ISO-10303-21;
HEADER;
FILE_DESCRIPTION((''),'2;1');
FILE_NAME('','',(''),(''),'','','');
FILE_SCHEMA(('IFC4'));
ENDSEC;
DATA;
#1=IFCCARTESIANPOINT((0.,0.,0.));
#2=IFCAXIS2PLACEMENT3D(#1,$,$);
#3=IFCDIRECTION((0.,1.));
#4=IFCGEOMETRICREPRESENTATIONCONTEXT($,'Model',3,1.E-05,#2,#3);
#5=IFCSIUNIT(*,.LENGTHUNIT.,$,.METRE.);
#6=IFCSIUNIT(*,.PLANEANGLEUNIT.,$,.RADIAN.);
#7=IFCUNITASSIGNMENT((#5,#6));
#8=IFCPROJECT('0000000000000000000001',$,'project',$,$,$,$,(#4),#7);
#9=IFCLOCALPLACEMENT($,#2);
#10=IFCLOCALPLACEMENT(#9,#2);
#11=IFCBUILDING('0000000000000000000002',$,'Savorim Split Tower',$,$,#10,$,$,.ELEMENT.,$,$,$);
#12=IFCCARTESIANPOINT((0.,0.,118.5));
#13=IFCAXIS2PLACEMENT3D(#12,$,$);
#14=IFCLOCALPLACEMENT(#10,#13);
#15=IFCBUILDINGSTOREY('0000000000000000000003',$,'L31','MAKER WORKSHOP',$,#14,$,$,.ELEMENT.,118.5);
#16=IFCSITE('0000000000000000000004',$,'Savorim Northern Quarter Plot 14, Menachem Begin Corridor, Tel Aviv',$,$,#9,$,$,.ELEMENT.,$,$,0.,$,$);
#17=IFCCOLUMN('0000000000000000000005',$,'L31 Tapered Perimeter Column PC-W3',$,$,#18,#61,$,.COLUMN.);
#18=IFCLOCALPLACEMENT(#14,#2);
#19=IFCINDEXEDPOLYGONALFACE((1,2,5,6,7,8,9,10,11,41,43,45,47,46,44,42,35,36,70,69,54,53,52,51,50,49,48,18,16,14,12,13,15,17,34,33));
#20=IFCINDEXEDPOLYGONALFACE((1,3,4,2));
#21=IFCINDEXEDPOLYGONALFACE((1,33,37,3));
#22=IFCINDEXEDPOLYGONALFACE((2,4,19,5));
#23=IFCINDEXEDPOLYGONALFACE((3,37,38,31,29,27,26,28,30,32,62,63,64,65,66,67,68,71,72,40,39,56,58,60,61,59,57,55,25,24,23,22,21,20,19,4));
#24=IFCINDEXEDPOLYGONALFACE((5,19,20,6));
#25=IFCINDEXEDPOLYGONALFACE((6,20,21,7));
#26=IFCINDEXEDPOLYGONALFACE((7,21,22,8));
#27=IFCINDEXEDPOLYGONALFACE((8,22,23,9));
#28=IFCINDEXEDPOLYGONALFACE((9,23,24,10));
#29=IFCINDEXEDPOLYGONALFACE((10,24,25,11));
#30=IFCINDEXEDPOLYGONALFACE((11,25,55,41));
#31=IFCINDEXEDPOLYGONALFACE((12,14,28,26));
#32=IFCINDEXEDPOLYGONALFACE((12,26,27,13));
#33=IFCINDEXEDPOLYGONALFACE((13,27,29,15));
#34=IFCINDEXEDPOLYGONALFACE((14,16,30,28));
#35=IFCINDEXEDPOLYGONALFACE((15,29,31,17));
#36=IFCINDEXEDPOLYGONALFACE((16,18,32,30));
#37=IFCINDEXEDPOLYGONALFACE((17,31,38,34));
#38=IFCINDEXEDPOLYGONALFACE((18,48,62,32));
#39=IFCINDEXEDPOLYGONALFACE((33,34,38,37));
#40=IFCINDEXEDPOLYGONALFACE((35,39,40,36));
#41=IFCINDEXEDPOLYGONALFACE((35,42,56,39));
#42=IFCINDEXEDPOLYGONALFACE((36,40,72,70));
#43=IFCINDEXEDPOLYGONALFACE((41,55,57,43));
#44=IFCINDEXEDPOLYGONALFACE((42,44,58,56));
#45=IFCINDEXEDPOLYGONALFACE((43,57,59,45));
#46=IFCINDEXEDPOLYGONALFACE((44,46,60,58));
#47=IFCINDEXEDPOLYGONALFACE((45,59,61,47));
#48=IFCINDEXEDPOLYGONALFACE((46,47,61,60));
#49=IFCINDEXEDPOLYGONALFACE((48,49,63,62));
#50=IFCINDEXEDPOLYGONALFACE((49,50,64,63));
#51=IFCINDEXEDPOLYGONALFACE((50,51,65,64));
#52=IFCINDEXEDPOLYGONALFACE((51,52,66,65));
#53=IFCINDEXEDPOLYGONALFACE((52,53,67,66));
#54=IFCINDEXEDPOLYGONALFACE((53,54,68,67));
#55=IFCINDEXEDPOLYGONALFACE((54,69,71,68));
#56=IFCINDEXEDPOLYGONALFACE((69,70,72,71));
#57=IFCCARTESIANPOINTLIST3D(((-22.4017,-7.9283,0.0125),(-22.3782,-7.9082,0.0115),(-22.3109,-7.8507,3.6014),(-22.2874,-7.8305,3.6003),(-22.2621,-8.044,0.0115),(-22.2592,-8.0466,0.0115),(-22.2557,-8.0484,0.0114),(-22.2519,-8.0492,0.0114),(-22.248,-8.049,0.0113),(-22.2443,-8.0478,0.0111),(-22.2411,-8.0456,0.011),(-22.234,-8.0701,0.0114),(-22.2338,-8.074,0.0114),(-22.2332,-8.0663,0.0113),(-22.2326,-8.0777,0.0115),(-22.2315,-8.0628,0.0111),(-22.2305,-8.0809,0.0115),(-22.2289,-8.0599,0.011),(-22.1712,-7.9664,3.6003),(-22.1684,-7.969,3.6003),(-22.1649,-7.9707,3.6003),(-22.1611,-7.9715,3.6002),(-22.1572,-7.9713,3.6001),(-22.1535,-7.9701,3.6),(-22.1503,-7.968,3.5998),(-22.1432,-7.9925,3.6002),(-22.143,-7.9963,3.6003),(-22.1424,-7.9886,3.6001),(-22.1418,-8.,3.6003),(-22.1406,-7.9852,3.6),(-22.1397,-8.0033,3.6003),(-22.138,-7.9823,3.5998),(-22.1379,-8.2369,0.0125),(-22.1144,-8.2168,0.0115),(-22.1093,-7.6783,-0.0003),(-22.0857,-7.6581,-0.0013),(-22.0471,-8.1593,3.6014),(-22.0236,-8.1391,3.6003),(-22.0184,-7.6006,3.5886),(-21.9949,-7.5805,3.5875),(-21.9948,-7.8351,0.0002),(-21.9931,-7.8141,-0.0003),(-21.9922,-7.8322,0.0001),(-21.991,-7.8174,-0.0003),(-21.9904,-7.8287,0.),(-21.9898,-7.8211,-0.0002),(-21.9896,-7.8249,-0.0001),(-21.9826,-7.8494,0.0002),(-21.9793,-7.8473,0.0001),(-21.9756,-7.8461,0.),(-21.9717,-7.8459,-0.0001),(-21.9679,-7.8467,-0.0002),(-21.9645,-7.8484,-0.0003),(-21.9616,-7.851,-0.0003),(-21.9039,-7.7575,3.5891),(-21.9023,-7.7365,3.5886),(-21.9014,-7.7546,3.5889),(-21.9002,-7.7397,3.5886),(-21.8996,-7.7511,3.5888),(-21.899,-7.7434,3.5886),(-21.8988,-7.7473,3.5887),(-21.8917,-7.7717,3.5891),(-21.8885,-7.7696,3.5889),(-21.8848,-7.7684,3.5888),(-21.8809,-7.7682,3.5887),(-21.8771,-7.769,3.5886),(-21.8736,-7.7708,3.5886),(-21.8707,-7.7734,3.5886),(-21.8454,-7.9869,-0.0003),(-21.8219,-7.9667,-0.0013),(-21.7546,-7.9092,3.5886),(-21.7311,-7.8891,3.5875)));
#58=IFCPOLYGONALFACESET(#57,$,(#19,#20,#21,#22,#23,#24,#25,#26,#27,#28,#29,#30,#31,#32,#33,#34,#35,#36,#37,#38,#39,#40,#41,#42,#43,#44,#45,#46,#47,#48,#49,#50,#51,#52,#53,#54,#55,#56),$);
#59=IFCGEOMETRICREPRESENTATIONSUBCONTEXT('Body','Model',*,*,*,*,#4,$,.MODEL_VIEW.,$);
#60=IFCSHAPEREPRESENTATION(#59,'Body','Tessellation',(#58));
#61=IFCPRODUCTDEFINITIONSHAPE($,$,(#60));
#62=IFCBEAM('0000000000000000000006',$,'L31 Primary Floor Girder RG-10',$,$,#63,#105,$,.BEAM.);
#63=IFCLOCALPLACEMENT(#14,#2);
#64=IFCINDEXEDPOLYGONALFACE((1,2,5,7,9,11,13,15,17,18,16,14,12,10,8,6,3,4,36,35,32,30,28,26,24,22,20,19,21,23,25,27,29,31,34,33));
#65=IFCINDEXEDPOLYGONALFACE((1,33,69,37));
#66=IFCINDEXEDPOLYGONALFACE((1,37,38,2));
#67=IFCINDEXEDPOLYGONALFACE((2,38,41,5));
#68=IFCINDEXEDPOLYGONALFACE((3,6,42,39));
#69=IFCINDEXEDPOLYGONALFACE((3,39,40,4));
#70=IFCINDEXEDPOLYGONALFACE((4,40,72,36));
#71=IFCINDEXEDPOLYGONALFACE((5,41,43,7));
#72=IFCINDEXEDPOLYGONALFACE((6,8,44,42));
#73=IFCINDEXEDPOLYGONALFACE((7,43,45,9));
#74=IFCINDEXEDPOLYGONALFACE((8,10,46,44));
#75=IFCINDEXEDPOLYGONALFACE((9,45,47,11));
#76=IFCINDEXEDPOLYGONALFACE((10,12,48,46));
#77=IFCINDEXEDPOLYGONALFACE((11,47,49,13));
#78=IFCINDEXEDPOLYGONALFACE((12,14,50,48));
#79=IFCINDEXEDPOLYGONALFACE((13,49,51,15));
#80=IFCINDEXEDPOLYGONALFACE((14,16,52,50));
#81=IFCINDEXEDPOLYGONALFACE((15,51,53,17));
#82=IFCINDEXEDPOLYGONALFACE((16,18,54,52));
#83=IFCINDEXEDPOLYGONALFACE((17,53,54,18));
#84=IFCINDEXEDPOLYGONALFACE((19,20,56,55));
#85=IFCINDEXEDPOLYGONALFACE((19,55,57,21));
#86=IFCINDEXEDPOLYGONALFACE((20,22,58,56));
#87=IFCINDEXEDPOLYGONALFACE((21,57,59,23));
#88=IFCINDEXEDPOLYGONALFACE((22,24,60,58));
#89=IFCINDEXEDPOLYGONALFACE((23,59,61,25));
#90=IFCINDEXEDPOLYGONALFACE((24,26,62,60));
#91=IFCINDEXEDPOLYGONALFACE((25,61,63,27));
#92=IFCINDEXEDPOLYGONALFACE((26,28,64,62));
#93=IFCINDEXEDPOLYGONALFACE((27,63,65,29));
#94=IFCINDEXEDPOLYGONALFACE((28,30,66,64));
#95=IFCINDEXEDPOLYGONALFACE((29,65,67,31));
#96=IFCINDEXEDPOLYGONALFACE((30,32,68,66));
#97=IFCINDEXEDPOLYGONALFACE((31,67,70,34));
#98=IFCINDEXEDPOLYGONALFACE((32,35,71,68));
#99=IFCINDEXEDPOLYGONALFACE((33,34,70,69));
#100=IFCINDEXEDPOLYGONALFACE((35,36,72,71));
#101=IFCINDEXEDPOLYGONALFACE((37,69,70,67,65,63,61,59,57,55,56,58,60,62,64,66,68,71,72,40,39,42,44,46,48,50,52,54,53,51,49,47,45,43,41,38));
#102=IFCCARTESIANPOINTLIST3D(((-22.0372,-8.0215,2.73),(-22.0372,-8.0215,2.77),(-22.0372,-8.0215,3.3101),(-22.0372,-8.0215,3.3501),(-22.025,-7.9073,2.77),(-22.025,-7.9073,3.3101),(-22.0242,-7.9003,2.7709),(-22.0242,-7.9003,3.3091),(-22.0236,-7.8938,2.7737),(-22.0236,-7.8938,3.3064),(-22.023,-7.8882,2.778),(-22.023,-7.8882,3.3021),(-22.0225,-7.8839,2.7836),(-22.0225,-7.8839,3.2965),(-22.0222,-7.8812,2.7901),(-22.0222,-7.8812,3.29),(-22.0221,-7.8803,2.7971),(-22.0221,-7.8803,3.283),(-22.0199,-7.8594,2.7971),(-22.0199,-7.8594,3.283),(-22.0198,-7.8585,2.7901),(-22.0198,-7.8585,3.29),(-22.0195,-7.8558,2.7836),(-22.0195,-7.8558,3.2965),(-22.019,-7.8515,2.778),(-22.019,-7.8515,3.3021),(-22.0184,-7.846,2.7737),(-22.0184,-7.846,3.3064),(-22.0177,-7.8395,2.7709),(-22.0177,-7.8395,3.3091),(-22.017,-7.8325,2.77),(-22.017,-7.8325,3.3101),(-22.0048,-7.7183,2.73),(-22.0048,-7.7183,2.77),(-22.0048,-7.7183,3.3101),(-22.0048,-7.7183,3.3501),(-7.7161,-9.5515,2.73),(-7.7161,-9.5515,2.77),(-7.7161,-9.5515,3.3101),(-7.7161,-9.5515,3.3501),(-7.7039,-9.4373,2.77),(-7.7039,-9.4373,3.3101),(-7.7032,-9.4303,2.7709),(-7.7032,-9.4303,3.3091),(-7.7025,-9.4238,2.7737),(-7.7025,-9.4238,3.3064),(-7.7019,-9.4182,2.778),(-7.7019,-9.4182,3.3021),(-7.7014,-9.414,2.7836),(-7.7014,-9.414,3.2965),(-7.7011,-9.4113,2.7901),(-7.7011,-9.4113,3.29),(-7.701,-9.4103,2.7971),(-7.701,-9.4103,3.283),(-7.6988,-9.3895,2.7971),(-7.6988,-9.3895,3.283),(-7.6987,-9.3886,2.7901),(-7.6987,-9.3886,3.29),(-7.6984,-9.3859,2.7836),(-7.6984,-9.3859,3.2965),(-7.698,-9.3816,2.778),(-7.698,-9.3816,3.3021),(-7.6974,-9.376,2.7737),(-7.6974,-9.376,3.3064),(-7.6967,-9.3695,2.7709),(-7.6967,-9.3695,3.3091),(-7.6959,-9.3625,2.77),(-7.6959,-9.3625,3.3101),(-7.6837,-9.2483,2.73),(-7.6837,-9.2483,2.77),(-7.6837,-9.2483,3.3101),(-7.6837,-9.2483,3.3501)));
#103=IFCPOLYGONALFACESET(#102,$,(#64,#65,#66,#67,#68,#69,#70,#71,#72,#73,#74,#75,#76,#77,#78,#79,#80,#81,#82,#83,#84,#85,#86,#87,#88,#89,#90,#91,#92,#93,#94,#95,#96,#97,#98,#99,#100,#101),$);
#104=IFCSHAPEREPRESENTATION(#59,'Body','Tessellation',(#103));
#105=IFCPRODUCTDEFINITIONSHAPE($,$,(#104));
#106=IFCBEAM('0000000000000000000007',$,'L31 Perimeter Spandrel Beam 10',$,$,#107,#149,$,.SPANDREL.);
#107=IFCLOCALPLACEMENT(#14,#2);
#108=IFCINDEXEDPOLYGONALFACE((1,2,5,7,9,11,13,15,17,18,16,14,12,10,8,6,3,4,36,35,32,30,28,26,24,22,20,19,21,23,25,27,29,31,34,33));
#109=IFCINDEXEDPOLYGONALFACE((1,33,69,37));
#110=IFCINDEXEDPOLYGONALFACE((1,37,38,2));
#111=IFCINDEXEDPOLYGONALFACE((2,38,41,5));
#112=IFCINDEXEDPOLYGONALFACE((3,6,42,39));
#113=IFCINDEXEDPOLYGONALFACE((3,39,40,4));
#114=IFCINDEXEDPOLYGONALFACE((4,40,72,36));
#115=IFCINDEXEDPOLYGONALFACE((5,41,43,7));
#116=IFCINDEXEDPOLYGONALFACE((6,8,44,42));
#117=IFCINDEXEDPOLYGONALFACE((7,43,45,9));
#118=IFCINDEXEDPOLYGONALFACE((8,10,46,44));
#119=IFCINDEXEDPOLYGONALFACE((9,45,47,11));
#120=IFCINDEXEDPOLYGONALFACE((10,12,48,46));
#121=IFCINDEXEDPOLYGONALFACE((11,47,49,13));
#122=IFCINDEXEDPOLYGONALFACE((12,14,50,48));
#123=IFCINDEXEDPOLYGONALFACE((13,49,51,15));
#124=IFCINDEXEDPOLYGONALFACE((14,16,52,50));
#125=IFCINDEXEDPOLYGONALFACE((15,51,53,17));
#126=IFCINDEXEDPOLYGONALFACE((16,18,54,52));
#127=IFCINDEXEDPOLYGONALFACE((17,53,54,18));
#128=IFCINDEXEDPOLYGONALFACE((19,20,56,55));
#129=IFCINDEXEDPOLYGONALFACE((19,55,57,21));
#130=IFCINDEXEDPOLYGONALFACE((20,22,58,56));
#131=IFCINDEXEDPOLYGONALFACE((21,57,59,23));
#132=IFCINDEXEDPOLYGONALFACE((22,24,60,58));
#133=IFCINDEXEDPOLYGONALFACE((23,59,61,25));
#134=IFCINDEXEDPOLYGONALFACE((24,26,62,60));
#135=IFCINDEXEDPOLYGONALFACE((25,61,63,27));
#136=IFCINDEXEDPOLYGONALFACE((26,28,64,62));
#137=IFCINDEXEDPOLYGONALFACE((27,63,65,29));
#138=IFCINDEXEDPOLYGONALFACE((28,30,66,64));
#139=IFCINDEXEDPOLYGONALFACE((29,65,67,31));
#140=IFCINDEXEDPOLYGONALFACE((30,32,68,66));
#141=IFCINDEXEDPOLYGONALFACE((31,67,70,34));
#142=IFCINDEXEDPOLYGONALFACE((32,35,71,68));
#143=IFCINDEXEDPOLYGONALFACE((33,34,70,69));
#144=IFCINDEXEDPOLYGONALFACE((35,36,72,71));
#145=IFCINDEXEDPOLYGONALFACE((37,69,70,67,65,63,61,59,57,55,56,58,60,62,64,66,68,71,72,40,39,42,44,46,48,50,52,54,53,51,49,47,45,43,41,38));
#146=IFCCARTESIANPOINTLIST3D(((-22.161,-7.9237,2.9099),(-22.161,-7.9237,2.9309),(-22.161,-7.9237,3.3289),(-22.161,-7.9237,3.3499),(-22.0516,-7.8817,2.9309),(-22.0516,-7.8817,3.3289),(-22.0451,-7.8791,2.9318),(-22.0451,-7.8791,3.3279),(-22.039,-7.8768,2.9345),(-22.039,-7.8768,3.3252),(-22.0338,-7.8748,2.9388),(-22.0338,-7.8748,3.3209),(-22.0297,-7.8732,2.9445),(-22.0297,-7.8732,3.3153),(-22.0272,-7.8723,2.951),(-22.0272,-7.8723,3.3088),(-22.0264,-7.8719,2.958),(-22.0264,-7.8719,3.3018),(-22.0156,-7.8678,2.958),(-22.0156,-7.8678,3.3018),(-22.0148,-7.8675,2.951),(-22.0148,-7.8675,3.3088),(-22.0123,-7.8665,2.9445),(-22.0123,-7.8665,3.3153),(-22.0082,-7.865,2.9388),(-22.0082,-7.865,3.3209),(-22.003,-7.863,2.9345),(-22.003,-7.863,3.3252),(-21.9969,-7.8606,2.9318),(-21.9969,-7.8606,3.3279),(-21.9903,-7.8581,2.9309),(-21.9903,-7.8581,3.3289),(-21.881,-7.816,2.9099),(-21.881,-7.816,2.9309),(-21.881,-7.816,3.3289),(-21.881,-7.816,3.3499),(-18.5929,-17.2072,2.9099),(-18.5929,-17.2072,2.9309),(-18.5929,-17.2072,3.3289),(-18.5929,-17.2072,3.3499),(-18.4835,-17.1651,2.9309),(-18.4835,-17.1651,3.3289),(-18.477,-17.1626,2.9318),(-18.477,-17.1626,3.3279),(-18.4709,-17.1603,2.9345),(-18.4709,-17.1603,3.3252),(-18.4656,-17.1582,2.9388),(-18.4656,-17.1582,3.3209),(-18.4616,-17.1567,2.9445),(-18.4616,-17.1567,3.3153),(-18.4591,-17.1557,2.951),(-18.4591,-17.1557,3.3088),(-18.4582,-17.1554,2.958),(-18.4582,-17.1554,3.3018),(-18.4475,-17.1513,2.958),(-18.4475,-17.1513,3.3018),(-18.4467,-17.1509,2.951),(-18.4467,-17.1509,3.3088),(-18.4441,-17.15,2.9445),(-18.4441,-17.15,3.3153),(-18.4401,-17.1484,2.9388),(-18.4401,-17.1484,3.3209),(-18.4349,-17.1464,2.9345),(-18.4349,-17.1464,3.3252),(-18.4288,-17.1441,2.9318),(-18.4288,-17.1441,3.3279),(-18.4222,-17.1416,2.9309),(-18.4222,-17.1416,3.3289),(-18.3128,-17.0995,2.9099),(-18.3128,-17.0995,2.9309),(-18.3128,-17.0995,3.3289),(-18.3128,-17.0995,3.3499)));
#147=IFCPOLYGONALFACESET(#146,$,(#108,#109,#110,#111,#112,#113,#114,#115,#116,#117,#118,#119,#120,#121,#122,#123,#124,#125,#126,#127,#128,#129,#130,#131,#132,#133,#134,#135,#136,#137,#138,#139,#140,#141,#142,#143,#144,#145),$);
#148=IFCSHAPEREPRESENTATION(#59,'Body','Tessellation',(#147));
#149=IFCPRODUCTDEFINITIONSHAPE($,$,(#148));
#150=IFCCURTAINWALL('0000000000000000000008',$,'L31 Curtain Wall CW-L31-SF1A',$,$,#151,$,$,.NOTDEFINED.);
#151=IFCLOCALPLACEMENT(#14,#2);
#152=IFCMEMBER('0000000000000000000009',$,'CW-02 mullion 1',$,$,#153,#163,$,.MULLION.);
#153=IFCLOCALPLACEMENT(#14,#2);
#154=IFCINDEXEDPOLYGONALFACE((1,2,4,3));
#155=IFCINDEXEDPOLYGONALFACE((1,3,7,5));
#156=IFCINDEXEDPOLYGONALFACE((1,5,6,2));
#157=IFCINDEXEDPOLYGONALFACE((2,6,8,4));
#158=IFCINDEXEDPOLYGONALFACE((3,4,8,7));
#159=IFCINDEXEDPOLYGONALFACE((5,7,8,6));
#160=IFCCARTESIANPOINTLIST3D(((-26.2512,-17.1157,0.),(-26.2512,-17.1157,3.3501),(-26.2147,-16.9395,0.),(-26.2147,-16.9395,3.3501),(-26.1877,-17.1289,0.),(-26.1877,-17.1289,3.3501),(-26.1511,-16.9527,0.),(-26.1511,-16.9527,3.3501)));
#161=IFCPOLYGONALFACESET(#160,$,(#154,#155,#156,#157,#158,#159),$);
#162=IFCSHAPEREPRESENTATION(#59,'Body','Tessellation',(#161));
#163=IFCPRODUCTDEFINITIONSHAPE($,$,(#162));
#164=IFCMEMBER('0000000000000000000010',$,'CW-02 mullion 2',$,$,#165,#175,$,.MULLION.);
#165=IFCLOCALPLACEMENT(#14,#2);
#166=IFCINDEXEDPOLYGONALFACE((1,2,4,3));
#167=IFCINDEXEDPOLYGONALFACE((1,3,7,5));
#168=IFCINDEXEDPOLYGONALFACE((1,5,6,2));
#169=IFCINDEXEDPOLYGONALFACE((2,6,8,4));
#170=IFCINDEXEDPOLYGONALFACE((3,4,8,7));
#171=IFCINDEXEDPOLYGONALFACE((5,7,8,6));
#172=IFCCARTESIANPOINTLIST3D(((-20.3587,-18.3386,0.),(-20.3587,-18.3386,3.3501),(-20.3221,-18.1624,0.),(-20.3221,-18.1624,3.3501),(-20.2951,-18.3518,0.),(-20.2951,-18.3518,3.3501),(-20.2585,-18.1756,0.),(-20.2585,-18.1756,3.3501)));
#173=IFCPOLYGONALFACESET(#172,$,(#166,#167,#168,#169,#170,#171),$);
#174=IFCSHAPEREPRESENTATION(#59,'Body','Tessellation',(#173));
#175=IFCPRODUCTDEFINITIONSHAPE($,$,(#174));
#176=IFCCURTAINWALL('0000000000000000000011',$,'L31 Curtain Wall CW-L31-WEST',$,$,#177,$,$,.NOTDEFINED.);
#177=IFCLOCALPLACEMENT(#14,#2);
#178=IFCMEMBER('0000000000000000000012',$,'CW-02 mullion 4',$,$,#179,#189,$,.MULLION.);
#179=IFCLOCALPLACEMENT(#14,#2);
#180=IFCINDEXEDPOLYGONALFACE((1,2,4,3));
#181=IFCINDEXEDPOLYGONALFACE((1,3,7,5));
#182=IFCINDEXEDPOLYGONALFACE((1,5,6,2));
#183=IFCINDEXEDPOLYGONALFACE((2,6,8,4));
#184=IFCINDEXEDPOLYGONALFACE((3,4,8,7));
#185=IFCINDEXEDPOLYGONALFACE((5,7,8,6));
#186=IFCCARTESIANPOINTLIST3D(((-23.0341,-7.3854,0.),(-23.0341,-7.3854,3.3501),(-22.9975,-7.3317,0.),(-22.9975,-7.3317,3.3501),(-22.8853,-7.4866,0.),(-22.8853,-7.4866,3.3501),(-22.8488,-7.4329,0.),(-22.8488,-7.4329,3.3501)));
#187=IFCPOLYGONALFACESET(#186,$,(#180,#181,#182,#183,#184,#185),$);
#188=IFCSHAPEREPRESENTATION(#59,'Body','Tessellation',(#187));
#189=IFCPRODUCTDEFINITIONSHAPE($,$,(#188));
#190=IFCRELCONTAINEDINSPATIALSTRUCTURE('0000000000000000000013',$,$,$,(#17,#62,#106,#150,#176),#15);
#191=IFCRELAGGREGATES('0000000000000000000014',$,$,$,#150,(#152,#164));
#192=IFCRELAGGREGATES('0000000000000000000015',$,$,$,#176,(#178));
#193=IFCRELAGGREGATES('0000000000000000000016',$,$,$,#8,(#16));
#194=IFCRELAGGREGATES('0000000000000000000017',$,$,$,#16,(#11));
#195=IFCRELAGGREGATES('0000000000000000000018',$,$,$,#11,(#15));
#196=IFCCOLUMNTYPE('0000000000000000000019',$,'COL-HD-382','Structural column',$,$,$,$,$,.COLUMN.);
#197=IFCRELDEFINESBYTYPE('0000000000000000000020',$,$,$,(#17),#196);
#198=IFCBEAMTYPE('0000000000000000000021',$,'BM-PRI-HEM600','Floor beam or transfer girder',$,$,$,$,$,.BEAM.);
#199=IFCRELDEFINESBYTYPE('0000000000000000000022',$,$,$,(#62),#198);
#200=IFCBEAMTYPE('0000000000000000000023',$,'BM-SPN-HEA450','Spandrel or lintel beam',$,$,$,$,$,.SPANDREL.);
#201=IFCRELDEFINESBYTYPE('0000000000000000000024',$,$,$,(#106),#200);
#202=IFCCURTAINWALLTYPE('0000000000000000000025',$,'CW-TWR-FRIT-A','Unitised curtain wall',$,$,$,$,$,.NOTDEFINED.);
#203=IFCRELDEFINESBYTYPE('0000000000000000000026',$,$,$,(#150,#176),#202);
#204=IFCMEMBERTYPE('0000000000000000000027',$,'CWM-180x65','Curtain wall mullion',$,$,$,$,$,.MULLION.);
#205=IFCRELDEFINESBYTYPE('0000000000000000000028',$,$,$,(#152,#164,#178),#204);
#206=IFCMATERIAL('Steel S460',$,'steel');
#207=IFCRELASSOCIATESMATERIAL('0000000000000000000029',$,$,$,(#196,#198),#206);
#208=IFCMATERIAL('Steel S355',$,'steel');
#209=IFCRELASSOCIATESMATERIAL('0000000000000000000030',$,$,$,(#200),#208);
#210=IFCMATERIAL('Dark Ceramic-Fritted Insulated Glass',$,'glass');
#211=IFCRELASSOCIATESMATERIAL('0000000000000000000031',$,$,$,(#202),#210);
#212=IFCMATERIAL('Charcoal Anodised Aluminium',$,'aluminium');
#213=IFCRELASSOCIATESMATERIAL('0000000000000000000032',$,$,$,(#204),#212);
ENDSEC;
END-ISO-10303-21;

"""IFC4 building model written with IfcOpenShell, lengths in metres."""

from ifc_helpers import new_model, si_unit, direction, frame, origin, origin_2d, place, context, subcontext, project, spatial, rectangle, i_section, extrude, material, material_profile, profile_set, type_object, element, aggregate, save


model = new_model("IFC4")

# Units and contexts
model_context = context("Model", 3, precision=1e-05, world=origin(), true_north=direction((0.0, 1.0)))
body_context = subcontext(model_context, "Body", "Model", "MODEL_VIEW")
ifc_project = project(units=[si_unit("LENGTHUNIT", "METRE"), si_unit("PLANEANGLEUNIT", "RADIAN")], contexts=[model_context])

# Site, building, storey
site_placement = place(None, origin())
site = spatial("IfcSite", under=ifc_project, at=site_placement, Name="Savorim Northern Quarter Plot 14, Menachem Begin Corridor, Tel Aviv", CompositionType="ELEMENT", RefElevation=0.0)
building_placement = place(site_placement, origin())
building = spatial("IfcBuilding", under=site, at=building_placement, Name="Savorim Split Tower", CompositionType="ELEMENT")
storey_placement = place(building_placement, frame((0.0, 0.0, 118.5)))
storey = spatial("IfcBuildingStorey", under=building, at=storey_placement, Name="L31", Description="MAKER WORKSHOP", CompositionType="ELEMENT", Elevation=118.5)

# Column
ifc_material_1 = material(Name="Steel S460", Category="steel")
ifc_material_profile_1 = material_profile(ifc_material_1, i_section(OverallWidth=0.406, OverallDepth=0.416, WebThickness=0.0188, FlangeThickness=0.031, FilletRadius=0.0149, at=origin_2d()), Name="HD 400x382")
ifc_profile_set_1 = profile_set([ifc_material_profile_1], Name="Steel S460")
column_type = type_object("IfcColumnType", Name="COL-HD-382", Description="Structural column", PredefinedType="COLUMN", material=ifc_profile_set_1)
column_placement = place(storey_placement, frame((-22.1118, -7.9475, 0.0056), z_axis=(0.025292, 0.021621, 0.999446), x_axis=(-0.649781, 0.760121, 0.0)))
element("IfcColumn", 1, at=column_placement, inside=storey, type_object=column_type, Name="L31 Tapered Perimeter Column PC-W3", PredefinedType="COLUMN", context=body_context, shape_type="SweptSolid", body=[
    extrude(i_section(OverallWidth=0.406, OverallDepth=0.416, WebThickness=0.0188, FlangeThickness=0.031, FilletRadius=0.0149, at=origin_2d()), origin(), (0.0, 0.0, 1.0), 3.5908),
])

# Beams
ifc_material_profile_2 = material_profile(ifc_material_1, i_section(OverallWidth=0.3049, OverallDepth=0.6201, WebThickness=0.021, FlangeThickness=0.04, FilletRadius=0.0271, at=origin_2d()), Name="HE 600 M")
ifc_profile_set_2 = profile_set([ifc_material_profile_2], Name="Steel S460")
beam_type_1 = type_object("IfcBeamType", Name="BM-PRI-HEM600", Description="Floor beam or transfer girder", PredefinedType="BEAM", material=ifc_profile_set_2)
beam_1_placement = place(storey_placement, frame((-22.021, -7.8699, 3.04), z_axis=(0.994341, -0.106233, 0.0), x_axis=(0.106233, 0.994341, 0.0)))
element("IfcBeam", 2, at=beam_1_placement, inside=storey, type_object=beam_type_1, Name="L31 Primary Floor Girder RG-10", PredefinedType="BEAM", context=body_context, shape_type="SweptSolid", body=[
    extrude(i_section(OverallWidth=0.3049, OverallDepth=0.6201, WebThickness=0.021, FlangeThickness=0.04, FilletRadius=0.0271, at=origin_2d()), origin(), (0.0, 0.0, 1.0), 14.4026),
])
ifc_material_2 = material(Name="Steel S355", Category="steel")
ifc_material_profile_3 = material_profile(ifc_material_2, i_section(OverallWidth=0.3, OverallDepth=0.4399, WebThickness=0.0115, FlangeThickness=0.021, FilletRadius=0.0271, at=origin_2d()), Name="HEA 450")
ifc_profile_set_3 = profile_set([ifc_material_profile_3], Name="Steel S355")
beam_type_2 = type_object("IfcBeamType", Name="BM-SPN-HEA450", Description="Spandrel or lintel beam", PredefinedType="SPANDREL", material=ifc_profile_set_3)
beam_2_placement = place(storey_placement, frame((-22.021, -7.8699, 3.1299), z_axis=(0.358765, -0.933428, 0.0), x_axis=(0.933428, 0.358765, 0.0)))
element("IfcBeam", 3, at=beam_2_placement, inside=storey, type_object=beam_type_2, Name="L31 Perimeter Spandrel Beam 10", PredefinedType="SPANDREL", context=body_context, shape_type="SweptSolid", body=[
    extrude(i_section(OverallWidth=0.3, OverallDepth=0.4399, WebThickness=0.0115, FlangeThickness=0.021, FilletRadius=0.0271, at=origin_2d()), origin(), (0.0, 0.0, 1.0), 9.9456),
])

# Curtain walls, members
ifc_material_3 = material(Name="Dark Ceramic-Fritted Insulated Glass", Category="glass")
curtain_wall_type = type_object("IfcCurtainWallType", Name="CW-TWR-FRIT-A", Description="Unitised curtain wall", PredefinedType="NOTDEFINED", material=ifc_material_3)
curtain_wall_1_placement = place(storey_placement, origin())
curtain_wall_1 = element("IfcCurtainWall", 4, at=curtain_wall_1_placement, inside=storey, type_object=curtain_wall_type, Name="L31 Curtain Wall CW-L31-SF1A", PredefinedType="NOTDEFINED")
ifc_material_4 = material(Name="Charcoal Anodised Aluminium", Category="aluminium")
ifc_material_profile_4 = material_profile(ifc_material_4, rectangle(XDim=0.1799, YDim=0.0649, at=origin_2d()), Name="ALU-M 180x65")
ifc_profile_set_4 = profile_set([ifc_material_profile_4], Name="Charcoal Anodised Aluminium")
member_type_1 = type_object("IfcMemberType", Name="CWM-180x65", Description="Curtain wall mullion", PredefinedType="MULLION", material=ifc_profile_set_4)
member_1_placement = place(storey_placement, frame((-26.2012, -17.0342, 0.0), z_axis=(0.0, 0.0, 1.0), x_axis=(0.203216, 0.979134, 0.0)))
member_1 = element("IfcMember", 5, at=member_1_placement, type_object=member_type_1, Name="CW-02 mullion 1", PredefinedType="MULLION", context=body_context, shape_type="SweptSolid", body=[
    extrude(rectangle(XDim=0.1799, YDim=0.0649, at=origin_2d()), origin(), (0.0, 0.0, 1.0), 3.3501),
])
member_2_placement = place(storey_placement, frame((-20.3086, -18.2571, 0.0), z_axis=(0.0, 0.0, 1.0), x_axis=(0.203216, 0.979134, 0.0)))
member_2 = element("IfcMember", 6, at=member_2_placement, type_object=member_type_1, Name="CW-02 mullion 2", PredefinedType="MULLION", context=body_context, shape_type="SweptSolid", body=[
    extrude(rectangle(XDim=0.1799, YDim=0.0649, at=origin_2d()), origin(), (0.0, 0.0, 1.0), 3.3501),
])
curtain_wall_2_placement = place(storey_placement, origin())
curtain_wall_2 = element("IfcCurtainWall", 7, at=curtain_wall_2_placement, inside=storey, type_object=curtain_wall_type, Name="L31 Curtain Wall CW-L31-WEST", PredefinedType="NOTDEFINED")
member_3_placement = place(storey_placement, frame((-22.9414, -7.4092, 0.0), z_axis=(0.0, 0.0, 1.0), x_axis=(0.82682, -0.562467, 0.0)))
member_3 = element("IfcMember", 8, at=member_3_placement, type_object=member_type_1, Name="CW-02 mullion 4", PredefinedType="MULLION", context=body_context, shape_type="SweptSolid", body=[
    extrude(rectangle(XDim=0.1799, YDim=0.0649, at=origin_2d()), origin(), (0.0, 0.0, 1.0), 3.3501),
])

aggregate(curtain_wall_1, [member_1, member_2])
aggregate(curtain_wall_2, [member_3])

save(model, "model.ifc")
